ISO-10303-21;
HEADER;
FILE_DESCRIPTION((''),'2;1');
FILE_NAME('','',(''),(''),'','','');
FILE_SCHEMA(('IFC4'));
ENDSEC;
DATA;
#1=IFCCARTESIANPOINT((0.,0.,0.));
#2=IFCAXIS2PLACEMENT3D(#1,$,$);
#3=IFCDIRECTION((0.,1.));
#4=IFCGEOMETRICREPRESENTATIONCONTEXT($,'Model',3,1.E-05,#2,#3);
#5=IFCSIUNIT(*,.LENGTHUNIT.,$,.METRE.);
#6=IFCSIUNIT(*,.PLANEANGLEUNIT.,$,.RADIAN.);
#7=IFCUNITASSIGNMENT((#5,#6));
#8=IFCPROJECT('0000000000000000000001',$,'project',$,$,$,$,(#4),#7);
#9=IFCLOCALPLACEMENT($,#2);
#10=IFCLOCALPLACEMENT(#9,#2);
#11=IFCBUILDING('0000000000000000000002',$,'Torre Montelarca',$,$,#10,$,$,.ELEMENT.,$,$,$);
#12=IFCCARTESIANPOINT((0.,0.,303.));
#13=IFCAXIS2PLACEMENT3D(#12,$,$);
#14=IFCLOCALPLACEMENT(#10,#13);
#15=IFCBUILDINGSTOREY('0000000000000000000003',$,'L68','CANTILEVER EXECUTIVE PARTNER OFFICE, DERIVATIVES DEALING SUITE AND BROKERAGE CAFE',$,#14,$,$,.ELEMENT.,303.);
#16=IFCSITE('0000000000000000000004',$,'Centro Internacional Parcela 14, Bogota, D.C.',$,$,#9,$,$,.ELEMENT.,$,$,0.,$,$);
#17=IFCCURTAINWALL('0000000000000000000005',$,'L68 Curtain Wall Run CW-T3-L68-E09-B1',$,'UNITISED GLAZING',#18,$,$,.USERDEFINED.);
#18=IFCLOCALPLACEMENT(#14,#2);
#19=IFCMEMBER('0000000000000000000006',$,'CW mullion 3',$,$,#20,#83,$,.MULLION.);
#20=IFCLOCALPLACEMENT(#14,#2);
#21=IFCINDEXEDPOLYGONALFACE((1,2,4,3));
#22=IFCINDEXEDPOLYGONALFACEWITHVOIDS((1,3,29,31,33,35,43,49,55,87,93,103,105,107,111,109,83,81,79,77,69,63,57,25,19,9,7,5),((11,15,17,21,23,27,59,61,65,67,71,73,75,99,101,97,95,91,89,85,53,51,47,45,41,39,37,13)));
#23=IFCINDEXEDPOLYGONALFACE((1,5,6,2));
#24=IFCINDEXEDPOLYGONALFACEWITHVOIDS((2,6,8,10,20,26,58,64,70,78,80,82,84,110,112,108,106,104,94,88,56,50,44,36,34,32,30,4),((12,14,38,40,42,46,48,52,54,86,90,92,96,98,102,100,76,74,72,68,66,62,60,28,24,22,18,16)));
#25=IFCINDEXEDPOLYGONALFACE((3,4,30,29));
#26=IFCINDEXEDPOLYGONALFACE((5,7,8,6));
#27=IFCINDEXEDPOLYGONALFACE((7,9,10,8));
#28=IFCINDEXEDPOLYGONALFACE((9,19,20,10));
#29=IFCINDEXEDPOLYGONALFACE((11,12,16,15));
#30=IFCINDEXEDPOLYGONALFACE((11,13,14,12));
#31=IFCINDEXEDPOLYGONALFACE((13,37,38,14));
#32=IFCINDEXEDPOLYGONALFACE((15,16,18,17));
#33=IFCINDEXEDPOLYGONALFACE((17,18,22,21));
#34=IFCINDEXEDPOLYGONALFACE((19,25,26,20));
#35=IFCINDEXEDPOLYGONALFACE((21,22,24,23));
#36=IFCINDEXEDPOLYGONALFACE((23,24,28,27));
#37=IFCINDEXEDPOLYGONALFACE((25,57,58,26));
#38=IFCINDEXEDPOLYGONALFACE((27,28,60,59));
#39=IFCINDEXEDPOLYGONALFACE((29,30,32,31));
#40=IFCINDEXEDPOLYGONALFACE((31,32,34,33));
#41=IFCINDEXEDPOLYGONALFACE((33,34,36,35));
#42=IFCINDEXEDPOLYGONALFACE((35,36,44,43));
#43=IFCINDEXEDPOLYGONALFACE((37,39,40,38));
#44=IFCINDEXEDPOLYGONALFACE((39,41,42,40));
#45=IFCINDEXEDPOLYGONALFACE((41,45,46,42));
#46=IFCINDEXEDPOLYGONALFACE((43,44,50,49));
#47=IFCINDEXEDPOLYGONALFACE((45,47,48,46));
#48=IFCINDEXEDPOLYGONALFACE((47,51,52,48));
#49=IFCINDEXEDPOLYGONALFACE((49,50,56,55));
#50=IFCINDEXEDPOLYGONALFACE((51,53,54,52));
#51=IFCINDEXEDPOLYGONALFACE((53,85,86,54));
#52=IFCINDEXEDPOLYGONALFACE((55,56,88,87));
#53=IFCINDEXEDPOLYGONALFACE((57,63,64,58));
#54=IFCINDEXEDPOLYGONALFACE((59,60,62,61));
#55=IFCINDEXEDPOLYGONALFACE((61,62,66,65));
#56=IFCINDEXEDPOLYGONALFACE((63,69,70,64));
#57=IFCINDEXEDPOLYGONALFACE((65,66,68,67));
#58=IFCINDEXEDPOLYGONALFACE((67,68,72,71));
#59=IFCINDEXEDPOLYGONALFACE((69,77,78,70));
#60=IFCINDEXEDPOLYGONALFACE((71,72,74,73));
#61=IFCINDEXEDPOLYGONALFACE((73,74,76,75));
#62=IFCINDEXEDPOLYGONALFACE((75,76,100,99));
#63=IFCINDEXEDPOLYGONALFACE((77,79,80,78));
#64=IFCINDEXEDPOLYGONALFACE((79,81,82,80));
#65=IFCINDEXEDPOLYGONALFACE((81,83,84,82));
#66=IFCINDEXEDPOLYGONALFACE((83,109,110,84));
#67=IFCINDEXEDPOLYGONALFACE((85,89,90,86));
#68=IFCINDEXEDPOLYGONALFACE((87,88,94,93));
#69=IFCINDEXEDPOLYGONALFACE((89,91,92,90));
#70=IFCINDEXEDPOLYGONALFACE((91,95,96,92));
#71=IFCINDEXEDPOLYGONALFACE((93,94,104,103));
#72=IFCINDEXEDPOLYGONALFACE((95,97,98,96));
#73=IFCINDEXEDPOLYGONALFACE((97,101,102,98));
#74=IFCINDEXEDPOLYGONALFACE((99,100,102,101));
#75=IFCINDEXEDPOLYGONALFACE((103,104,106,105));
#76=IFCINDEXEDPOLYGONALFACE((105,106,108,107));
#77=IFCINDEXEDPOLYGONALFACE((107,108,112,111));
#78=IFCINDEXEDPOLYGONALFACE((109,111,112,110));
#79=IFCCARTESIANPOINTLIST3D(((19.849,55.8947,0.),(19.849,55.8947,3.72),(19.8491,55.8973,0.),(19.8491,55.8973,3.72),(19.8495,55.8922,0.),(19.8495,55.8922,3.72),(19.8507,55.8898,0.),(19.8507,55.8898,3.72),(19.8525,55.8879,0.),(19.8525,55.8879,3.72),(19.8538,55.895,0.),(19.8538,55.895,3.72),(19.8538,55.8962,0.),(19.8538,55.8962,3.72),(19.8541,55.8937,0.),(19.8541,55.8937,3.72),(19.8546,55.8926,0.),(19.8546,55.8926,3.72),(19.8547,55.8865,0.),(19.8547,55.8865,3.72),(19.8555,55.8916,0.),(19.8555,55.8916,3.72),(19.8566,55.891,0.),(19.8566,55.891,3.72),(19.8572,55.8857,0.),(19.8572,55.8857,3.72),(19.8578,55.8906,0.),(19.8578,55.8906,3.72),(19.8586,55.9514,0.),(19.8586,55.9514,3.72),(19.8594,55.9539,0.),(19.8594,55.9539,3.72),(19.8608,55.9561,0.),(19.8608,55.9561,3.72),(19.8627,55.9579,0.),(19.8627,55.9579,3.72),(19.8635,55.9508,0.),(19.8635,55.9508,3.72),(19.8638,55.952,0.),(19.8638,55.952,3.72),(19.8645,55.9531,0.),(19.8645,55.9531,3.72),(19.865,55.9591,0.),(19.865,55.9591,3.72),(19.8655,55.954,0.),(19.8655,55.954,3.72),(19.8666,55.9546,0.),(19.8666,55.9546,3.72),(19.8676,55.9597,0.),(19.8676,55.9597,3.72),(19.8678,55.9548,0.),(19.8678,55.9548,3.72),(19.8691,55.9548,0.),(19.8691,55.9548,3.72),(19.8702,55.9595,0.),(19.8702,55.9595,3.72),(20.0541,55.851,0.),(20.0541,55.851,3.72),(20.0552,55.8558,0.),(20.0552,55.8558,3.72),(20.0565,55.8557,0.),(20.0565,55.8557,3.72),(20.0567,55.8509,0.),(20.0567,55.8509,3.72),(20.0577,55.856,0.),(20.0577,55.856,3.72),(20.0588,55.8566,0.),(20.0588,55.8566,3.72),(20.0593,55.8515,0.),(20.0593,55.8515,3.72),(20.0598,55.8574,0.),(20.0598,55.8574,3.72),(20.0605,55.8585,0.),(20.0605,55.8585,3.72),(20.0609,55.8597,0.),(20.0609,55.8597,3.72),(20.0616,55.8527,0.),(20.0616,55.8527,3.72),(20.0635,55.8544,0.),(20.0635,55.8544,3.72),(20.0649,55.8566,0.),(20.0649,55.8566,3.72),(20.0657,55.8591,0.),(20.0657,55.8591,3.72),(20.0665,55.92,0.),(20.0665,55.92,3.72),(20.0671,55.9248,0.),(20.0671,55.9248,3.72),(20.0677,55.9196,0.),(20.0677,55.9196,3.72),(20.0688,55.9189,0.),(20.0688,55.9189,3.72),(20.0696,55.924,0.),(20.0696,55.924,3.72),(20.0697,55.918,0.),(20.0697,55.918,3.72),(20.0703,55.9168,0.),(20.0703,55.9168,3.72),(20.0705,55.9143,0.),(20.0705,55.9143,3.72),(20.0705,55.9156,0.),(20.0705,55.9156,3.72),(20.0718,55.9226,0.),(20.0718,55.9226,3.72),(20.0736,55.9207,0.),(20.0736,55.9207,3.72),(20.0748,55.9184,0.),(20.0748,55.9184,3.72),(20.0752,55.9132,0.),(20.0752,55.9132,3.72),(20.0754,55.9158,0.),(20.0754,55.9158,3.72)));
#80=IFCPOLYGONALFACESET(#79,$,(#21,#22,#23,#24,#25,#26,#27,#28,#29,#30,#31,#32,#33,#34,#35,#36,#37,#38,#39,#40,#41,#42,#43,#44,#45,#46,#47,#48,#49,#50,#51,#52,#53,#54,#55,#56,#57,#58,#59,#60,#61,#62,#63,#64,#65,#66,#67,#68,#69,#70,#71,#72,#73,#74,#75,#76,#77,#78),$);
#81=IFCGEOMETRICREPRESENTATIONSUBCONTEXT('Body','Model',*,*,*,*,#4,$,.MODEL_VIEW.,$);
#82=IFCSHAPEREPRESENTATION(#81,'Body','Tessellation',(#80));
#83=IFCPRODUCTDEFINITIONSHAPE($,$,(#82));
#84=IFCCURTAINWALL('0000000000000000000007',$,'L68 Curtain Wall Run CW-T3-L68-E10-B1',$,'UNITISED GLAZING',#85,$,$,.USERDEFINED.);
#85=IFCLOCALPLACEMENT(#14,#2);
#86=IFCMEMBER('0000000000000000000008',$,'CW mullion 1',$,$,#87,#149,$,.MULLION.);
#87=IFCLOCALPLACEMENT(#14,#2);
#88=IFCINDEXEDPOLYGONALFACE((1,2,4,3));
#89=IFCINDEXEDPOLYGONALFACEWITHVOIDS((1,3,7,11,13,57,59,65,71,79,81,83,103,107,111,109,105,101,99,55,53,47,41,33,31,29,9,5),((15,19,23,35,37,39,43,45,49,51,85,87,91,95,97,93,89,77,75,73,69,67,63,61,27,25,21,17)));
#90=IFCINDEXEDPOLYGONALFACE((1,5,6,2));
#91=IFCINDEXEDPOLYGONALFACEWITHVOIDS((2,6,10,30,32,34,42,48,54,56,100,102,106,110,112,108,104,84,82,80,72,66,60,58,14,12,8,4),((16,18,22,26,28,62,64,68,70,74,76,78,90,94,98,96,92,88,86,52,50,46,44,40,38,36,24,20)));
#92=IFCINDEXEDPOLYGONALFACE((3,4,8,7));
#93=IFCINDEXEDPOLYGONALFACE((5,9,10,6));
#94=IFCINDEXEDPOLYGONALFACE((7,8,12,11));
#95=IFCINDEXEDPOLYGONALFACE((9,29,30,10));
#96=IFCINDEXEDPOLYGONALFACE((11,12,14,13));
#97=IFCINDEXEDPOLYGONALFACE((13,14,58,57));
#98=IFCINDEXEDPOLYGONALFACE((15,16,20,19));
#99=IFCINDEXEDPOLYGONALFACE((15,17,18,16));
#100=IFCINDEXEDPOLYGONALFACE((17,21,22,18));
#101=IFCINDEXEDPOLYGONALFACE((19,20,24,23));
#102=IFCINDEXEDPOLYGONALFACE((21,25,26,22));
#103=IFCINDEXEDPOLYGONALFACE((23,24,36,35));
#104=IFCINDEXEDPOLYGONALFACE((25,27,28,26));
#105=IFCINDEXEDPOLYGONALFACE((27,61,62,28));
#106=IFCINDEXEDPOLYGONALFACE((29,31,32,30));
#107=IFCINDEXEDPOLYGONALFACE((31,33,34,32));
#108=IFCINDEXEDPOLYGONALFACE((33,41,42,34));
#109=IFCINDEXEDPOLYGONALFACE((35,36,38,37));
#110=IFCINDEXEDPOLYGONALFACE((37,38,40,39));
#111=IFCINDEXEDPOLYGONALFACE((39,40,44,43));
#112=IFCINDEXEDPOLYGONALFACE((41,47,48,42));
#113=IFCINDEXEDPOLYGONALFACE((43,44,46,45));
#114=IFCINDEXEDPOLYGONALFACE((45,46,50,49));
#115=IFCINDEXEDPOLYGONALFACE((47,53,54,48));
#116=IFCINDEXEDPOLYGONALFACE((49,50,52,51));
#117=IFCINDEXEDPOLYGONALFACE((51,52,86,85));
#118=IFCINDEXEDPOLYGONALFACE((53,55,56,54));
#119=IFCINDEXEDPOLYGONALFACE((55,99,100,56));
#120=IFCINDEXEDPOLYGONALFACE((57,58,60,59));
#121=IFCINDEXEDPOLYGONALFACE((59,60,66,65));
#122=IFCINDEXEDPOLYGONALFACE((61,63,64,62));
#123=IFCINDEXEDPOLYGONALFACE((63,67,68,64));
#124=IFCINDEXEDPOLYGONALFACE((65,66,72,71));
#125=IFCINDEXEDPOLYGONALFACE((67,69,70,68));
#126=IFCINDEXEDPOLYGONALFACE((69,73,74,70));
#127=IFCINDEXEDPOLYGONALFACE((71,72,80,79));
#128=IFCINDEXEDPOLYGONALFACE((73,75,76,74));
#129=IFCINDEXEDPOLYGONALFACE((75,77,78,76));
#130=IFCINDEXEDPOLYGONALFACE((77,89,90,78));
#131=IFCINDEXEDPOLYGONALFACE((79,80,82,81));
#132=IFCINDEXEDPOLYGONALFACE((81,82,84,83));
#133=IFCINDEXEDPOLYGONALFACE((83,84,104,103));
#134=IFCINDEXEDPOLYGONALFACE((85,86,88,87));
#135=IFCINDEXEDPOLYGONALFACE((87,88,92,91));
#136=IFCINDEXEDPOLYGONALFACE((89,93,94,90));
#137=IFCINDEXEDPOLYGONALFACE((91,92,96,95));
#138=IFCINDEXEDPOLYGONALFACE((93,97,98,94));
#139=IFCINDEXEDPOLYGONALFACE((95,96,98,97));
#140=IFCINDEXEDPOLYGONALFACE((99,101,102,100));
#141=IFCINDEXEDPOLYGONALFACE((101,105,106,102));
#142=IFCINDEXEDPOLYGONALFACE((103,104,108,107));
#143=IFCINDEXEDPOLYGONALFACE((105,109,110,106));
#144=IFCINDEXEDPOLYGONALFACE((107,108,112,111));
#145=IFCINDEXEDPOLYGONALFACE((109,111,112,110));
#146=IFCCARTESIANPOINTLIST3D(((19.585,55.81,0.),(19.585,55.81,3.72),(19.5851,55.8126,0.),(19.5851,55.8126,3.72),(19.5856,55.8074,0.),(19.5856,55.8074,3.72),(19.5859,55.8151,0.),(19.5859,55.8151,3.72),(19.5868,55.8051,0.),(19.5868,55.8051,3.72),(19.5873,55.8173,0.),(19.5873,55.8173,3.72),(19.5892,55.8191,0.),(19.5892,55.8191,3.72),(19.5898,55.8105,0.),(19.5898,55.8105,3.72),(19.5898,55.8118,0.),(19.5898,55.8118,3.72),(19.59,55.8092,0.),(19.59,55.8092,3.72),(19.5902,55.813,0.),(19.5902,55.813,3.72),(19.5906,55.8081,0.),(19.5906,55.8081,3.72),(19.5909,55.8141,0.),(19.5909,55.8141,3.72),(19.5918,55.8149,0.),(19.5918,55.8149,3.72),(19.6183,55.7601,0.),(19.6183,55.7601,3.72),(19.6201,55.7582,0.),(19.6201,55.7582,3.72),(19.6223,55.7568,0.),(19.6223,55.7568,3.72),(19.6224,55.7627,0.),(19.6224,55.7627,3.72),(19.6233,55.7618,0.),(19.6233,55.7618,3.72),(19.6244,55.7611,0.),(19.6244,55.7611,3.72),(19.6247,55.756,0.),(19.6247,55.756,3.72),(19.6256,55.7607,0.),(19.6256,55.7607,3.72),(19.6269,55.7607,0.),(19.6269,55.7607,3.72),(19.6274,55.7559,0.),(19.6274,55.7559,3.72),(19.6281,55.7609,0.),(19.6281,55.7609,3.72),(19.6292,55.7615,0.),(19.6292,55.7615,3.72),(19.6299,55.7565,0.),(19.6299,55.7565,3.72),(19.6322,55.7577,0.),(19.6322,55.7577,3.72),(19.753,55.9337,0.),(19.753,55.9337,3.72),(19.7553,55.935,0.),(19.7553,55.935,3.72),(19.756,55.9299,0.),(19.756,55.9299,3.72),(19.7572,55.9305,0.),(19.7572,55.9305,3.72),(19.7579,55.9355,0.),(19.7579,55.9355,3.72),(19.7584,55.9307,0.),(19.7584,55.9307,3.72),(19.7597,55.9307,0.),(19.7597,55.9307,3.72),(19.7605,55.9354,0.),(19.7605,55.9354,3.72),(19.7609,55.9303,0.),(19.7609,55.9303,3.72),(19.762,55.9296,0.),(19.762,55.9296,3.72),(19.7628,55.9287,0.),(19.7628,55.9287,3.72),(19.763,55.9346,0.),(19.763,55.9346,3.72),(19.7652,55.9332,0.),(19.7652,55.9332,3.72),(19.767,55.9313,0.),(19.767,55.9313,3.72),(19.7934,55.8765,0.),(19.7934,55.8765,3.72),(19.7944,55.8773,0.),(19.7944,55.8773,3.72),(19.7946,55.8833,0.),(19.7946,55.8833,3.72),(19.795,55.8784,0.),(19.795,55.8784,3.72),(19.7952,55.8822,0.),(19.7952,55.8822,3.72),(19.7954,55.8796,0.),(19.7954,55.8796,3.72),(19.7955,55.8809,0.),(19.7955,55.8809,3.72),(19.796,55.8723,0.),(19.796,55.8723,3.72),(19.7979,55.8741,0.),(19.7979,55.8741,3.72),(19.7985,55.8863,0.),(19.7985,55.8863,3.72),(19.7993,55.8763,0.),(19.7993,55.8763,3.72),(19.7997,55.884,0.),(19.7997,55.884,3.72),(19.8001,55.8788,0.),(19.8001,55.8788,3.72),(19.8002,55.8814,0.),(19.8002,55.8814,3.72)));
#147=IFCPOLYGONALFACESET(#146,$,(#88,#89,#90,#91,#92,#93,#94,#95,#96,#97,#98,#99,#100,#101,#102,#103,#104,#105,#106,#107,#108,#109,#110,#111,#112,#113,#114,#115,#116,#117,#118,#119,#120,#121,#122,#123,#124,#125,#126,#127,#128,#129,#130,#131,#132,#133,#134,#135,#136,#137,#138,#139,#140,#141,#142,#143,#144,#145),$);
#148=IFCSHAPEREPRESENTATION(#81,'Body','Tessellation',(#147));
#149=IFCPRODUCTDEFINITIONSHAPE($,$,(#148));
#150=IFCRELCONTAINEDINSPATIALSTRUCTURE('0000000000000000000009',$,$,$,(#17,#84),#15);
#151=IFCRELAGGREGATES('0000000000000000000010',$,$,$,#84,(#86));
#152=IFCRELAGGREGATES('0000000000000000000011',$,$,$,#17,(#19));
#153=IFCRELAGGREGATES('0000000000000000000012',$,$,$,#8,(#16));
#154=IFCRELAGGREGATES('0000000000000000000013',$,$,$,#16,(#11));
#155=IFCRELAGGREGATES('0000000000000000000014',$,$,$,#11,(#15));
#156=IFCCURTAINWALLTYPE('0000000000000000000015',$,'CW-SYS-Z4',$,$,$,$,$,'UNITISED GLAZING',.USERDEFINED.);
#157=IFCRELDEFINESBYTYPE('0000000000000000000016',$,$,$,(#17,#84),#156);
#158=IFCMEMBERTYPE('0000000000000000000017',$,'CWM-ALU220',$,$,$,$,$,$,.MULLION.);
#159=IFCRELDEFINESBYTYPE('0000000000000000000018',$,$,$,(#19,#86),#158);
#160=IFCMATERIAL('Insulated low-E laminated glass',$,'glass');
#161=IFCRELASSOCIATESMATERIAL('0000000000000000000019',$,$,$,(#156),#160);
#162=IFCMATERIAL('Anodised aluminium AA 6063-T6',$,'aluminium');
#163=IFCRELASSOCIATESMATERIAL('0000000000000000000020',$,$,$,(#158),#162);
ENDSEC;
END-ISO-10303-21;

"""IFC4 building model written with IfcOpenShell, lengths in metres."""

from ifc_helpers import new_model, si_unit, direction, frame, origin, origin_2d, place, context, subcontext, project, spatial, hollow_rectangle, extrude, source, transform, mapped, material, material_profile, profile_set, type_object, element, aggregate, save


model = new_model("IFC4")

# Units and contexts
model_context = context("Model", 3, precision=1e-05, world=origin(), true_north=direction((0.0, 1.0)))
body_context = subcontext(model_context, "Body", "Model", "MODEL_VIEW")
ifc_project = project(units=[si_unit("LENGTHUNIT", "METRE"), si_unit("PLANEANGLEUNIT", "RADIAN")], contexts=[model_context])

# Site, building, storey
site_placement = place(None, origin())
site = spatial("IfcSite", under=ifc_project, at=site_placement, Name="Centro Internacional Parcela 14, Bogota, D.C.", CompositionType="ELEMENT", RefElevation=0.0)
building_placement = place(site_placement, origin())
building = spatial("IfcBuilding", under=site, at=building_placement, Name="Torre Montelarca", CompositionType="ELEMENT")
storey_placement = place(building_placement, frame((0.0, 0.0, 303.0)))
storey = spatial("IfcBuildingStorey", under=building, at=storey_placement, Name="L68", Description="CANTILEVER EXECUTIVE PARTNER OFFICE, DERIVATIVES DEALING SUITE AND BROKERAGE CAFE", CompositionType="ELEMENT", Elevation=303.0)

# Curtain wall, member
ifc_material_1 = material(Name="Insulated low-E laminated glass", Category="glass")
curtain_wall_type = type_object("IfcCurtainWallType", Name="CW-SYS-Z4", ElementType="UNITISED GLAZING", PredefinedType="USERDEFINED", material=ifc_material_1)
curtain_wall_1_placement = place(storey_placement, origin())
curtain_wall_1 = element("IfcCurtainWall", 1, at=curtain_wall_1_placement, inside=storey, type_object=curtain_wall_type, Name="L68 Curtain Wall Run CW-T3-L68-E09-B1", ObjectType="UNITISED GLAZING", PredefinedType="USERDEFINED")
ifc_material_2 = material(Name="Anodised aluminium AA 6063-T6", Category="aluminium")
ifc_material_profile_1 = material_profile(ifc_material_2, hollow_rectangle(XDim=0.075, YDim=0.22, WallThickness=0.0049, InnerFilletRadius=0.0049, OuterFilletRadius=0.01, at=origin_2d()), Name="ALU75X220X5", Category="aluminium")
ifc_profile_set_1 = profile_set([ifc_material_profile_1], Name="Anodised aluminium AA 6063-T6")
member_type_1 = type_object("IfcMemberType", Name="CWM-ALU220", PredefinedType="MULLION", material=ifc_profile_set_1)
shared_shape_1 = source(origin(), body_context, "Body", "SweptSolid", [
    extrude(hollow_rectangle(XDim=0.075, YDim=0.22, WallThickness=0.0049, InnerFilletRadius=0.0049, OuterFilletRadius=0.01, at=origin_2d()), origin(), (0.0, 0.0, 1.0), 3.72),
])
member_1_placement = place(storey_placement, frame((19.9622, 55.9053, 0.0), z_axis=(0.0, 0.0, 1.0), x_axis=(-0.173635, -0.98481, 0.0)))
member_1 = element("IfcMember", 2, at=member_1_placement, type_object=member_type_1, Name="CW mullion 3", PredefinedType="MULLION", context=body_context, shape_type="MappedRepresentation", body=[
    mapped(shared_shape_1, transform((0.0, 0.0, 0.0), scale=1.0)),
])

# Curtain wall, member
curtain_wall_2_placement = place(storey_placement, origin())
curtain_wall_2 = element("IfcCurtainWall", 3, at=curtain_wall_2_placement, inside=storey, type_object=curtain_wall_type, Name="L68 Curtain Wall Run CW-T3-L68-E10-B1", ObjectType="UNITISED GLAZING", PredefinedType="USERDEFINED")
member_2_placement = place(storey_placement, frame((19.6926, 55.8457, 0.0), z_axis=(0.0, 0.0, 1.0), x_axis=(0.573572, -0.819155, 0.0)))
member_2 = element("IfcMember", 4, at=member_2_placement, type_object=member_type_1, Name="CW mullion 1", PredefinedType="MULLION", context=body_context, shape_type="MappedRepresentation", body=[
    mapped(shared_shape_1, transform((0.0, 0.0, 0.0), scale=1.0)),
])

aggregate(curtain_wall_2, [member_2])

aggregate(curtain_wall_1, [member_1])

save(model, "model.ifc")
